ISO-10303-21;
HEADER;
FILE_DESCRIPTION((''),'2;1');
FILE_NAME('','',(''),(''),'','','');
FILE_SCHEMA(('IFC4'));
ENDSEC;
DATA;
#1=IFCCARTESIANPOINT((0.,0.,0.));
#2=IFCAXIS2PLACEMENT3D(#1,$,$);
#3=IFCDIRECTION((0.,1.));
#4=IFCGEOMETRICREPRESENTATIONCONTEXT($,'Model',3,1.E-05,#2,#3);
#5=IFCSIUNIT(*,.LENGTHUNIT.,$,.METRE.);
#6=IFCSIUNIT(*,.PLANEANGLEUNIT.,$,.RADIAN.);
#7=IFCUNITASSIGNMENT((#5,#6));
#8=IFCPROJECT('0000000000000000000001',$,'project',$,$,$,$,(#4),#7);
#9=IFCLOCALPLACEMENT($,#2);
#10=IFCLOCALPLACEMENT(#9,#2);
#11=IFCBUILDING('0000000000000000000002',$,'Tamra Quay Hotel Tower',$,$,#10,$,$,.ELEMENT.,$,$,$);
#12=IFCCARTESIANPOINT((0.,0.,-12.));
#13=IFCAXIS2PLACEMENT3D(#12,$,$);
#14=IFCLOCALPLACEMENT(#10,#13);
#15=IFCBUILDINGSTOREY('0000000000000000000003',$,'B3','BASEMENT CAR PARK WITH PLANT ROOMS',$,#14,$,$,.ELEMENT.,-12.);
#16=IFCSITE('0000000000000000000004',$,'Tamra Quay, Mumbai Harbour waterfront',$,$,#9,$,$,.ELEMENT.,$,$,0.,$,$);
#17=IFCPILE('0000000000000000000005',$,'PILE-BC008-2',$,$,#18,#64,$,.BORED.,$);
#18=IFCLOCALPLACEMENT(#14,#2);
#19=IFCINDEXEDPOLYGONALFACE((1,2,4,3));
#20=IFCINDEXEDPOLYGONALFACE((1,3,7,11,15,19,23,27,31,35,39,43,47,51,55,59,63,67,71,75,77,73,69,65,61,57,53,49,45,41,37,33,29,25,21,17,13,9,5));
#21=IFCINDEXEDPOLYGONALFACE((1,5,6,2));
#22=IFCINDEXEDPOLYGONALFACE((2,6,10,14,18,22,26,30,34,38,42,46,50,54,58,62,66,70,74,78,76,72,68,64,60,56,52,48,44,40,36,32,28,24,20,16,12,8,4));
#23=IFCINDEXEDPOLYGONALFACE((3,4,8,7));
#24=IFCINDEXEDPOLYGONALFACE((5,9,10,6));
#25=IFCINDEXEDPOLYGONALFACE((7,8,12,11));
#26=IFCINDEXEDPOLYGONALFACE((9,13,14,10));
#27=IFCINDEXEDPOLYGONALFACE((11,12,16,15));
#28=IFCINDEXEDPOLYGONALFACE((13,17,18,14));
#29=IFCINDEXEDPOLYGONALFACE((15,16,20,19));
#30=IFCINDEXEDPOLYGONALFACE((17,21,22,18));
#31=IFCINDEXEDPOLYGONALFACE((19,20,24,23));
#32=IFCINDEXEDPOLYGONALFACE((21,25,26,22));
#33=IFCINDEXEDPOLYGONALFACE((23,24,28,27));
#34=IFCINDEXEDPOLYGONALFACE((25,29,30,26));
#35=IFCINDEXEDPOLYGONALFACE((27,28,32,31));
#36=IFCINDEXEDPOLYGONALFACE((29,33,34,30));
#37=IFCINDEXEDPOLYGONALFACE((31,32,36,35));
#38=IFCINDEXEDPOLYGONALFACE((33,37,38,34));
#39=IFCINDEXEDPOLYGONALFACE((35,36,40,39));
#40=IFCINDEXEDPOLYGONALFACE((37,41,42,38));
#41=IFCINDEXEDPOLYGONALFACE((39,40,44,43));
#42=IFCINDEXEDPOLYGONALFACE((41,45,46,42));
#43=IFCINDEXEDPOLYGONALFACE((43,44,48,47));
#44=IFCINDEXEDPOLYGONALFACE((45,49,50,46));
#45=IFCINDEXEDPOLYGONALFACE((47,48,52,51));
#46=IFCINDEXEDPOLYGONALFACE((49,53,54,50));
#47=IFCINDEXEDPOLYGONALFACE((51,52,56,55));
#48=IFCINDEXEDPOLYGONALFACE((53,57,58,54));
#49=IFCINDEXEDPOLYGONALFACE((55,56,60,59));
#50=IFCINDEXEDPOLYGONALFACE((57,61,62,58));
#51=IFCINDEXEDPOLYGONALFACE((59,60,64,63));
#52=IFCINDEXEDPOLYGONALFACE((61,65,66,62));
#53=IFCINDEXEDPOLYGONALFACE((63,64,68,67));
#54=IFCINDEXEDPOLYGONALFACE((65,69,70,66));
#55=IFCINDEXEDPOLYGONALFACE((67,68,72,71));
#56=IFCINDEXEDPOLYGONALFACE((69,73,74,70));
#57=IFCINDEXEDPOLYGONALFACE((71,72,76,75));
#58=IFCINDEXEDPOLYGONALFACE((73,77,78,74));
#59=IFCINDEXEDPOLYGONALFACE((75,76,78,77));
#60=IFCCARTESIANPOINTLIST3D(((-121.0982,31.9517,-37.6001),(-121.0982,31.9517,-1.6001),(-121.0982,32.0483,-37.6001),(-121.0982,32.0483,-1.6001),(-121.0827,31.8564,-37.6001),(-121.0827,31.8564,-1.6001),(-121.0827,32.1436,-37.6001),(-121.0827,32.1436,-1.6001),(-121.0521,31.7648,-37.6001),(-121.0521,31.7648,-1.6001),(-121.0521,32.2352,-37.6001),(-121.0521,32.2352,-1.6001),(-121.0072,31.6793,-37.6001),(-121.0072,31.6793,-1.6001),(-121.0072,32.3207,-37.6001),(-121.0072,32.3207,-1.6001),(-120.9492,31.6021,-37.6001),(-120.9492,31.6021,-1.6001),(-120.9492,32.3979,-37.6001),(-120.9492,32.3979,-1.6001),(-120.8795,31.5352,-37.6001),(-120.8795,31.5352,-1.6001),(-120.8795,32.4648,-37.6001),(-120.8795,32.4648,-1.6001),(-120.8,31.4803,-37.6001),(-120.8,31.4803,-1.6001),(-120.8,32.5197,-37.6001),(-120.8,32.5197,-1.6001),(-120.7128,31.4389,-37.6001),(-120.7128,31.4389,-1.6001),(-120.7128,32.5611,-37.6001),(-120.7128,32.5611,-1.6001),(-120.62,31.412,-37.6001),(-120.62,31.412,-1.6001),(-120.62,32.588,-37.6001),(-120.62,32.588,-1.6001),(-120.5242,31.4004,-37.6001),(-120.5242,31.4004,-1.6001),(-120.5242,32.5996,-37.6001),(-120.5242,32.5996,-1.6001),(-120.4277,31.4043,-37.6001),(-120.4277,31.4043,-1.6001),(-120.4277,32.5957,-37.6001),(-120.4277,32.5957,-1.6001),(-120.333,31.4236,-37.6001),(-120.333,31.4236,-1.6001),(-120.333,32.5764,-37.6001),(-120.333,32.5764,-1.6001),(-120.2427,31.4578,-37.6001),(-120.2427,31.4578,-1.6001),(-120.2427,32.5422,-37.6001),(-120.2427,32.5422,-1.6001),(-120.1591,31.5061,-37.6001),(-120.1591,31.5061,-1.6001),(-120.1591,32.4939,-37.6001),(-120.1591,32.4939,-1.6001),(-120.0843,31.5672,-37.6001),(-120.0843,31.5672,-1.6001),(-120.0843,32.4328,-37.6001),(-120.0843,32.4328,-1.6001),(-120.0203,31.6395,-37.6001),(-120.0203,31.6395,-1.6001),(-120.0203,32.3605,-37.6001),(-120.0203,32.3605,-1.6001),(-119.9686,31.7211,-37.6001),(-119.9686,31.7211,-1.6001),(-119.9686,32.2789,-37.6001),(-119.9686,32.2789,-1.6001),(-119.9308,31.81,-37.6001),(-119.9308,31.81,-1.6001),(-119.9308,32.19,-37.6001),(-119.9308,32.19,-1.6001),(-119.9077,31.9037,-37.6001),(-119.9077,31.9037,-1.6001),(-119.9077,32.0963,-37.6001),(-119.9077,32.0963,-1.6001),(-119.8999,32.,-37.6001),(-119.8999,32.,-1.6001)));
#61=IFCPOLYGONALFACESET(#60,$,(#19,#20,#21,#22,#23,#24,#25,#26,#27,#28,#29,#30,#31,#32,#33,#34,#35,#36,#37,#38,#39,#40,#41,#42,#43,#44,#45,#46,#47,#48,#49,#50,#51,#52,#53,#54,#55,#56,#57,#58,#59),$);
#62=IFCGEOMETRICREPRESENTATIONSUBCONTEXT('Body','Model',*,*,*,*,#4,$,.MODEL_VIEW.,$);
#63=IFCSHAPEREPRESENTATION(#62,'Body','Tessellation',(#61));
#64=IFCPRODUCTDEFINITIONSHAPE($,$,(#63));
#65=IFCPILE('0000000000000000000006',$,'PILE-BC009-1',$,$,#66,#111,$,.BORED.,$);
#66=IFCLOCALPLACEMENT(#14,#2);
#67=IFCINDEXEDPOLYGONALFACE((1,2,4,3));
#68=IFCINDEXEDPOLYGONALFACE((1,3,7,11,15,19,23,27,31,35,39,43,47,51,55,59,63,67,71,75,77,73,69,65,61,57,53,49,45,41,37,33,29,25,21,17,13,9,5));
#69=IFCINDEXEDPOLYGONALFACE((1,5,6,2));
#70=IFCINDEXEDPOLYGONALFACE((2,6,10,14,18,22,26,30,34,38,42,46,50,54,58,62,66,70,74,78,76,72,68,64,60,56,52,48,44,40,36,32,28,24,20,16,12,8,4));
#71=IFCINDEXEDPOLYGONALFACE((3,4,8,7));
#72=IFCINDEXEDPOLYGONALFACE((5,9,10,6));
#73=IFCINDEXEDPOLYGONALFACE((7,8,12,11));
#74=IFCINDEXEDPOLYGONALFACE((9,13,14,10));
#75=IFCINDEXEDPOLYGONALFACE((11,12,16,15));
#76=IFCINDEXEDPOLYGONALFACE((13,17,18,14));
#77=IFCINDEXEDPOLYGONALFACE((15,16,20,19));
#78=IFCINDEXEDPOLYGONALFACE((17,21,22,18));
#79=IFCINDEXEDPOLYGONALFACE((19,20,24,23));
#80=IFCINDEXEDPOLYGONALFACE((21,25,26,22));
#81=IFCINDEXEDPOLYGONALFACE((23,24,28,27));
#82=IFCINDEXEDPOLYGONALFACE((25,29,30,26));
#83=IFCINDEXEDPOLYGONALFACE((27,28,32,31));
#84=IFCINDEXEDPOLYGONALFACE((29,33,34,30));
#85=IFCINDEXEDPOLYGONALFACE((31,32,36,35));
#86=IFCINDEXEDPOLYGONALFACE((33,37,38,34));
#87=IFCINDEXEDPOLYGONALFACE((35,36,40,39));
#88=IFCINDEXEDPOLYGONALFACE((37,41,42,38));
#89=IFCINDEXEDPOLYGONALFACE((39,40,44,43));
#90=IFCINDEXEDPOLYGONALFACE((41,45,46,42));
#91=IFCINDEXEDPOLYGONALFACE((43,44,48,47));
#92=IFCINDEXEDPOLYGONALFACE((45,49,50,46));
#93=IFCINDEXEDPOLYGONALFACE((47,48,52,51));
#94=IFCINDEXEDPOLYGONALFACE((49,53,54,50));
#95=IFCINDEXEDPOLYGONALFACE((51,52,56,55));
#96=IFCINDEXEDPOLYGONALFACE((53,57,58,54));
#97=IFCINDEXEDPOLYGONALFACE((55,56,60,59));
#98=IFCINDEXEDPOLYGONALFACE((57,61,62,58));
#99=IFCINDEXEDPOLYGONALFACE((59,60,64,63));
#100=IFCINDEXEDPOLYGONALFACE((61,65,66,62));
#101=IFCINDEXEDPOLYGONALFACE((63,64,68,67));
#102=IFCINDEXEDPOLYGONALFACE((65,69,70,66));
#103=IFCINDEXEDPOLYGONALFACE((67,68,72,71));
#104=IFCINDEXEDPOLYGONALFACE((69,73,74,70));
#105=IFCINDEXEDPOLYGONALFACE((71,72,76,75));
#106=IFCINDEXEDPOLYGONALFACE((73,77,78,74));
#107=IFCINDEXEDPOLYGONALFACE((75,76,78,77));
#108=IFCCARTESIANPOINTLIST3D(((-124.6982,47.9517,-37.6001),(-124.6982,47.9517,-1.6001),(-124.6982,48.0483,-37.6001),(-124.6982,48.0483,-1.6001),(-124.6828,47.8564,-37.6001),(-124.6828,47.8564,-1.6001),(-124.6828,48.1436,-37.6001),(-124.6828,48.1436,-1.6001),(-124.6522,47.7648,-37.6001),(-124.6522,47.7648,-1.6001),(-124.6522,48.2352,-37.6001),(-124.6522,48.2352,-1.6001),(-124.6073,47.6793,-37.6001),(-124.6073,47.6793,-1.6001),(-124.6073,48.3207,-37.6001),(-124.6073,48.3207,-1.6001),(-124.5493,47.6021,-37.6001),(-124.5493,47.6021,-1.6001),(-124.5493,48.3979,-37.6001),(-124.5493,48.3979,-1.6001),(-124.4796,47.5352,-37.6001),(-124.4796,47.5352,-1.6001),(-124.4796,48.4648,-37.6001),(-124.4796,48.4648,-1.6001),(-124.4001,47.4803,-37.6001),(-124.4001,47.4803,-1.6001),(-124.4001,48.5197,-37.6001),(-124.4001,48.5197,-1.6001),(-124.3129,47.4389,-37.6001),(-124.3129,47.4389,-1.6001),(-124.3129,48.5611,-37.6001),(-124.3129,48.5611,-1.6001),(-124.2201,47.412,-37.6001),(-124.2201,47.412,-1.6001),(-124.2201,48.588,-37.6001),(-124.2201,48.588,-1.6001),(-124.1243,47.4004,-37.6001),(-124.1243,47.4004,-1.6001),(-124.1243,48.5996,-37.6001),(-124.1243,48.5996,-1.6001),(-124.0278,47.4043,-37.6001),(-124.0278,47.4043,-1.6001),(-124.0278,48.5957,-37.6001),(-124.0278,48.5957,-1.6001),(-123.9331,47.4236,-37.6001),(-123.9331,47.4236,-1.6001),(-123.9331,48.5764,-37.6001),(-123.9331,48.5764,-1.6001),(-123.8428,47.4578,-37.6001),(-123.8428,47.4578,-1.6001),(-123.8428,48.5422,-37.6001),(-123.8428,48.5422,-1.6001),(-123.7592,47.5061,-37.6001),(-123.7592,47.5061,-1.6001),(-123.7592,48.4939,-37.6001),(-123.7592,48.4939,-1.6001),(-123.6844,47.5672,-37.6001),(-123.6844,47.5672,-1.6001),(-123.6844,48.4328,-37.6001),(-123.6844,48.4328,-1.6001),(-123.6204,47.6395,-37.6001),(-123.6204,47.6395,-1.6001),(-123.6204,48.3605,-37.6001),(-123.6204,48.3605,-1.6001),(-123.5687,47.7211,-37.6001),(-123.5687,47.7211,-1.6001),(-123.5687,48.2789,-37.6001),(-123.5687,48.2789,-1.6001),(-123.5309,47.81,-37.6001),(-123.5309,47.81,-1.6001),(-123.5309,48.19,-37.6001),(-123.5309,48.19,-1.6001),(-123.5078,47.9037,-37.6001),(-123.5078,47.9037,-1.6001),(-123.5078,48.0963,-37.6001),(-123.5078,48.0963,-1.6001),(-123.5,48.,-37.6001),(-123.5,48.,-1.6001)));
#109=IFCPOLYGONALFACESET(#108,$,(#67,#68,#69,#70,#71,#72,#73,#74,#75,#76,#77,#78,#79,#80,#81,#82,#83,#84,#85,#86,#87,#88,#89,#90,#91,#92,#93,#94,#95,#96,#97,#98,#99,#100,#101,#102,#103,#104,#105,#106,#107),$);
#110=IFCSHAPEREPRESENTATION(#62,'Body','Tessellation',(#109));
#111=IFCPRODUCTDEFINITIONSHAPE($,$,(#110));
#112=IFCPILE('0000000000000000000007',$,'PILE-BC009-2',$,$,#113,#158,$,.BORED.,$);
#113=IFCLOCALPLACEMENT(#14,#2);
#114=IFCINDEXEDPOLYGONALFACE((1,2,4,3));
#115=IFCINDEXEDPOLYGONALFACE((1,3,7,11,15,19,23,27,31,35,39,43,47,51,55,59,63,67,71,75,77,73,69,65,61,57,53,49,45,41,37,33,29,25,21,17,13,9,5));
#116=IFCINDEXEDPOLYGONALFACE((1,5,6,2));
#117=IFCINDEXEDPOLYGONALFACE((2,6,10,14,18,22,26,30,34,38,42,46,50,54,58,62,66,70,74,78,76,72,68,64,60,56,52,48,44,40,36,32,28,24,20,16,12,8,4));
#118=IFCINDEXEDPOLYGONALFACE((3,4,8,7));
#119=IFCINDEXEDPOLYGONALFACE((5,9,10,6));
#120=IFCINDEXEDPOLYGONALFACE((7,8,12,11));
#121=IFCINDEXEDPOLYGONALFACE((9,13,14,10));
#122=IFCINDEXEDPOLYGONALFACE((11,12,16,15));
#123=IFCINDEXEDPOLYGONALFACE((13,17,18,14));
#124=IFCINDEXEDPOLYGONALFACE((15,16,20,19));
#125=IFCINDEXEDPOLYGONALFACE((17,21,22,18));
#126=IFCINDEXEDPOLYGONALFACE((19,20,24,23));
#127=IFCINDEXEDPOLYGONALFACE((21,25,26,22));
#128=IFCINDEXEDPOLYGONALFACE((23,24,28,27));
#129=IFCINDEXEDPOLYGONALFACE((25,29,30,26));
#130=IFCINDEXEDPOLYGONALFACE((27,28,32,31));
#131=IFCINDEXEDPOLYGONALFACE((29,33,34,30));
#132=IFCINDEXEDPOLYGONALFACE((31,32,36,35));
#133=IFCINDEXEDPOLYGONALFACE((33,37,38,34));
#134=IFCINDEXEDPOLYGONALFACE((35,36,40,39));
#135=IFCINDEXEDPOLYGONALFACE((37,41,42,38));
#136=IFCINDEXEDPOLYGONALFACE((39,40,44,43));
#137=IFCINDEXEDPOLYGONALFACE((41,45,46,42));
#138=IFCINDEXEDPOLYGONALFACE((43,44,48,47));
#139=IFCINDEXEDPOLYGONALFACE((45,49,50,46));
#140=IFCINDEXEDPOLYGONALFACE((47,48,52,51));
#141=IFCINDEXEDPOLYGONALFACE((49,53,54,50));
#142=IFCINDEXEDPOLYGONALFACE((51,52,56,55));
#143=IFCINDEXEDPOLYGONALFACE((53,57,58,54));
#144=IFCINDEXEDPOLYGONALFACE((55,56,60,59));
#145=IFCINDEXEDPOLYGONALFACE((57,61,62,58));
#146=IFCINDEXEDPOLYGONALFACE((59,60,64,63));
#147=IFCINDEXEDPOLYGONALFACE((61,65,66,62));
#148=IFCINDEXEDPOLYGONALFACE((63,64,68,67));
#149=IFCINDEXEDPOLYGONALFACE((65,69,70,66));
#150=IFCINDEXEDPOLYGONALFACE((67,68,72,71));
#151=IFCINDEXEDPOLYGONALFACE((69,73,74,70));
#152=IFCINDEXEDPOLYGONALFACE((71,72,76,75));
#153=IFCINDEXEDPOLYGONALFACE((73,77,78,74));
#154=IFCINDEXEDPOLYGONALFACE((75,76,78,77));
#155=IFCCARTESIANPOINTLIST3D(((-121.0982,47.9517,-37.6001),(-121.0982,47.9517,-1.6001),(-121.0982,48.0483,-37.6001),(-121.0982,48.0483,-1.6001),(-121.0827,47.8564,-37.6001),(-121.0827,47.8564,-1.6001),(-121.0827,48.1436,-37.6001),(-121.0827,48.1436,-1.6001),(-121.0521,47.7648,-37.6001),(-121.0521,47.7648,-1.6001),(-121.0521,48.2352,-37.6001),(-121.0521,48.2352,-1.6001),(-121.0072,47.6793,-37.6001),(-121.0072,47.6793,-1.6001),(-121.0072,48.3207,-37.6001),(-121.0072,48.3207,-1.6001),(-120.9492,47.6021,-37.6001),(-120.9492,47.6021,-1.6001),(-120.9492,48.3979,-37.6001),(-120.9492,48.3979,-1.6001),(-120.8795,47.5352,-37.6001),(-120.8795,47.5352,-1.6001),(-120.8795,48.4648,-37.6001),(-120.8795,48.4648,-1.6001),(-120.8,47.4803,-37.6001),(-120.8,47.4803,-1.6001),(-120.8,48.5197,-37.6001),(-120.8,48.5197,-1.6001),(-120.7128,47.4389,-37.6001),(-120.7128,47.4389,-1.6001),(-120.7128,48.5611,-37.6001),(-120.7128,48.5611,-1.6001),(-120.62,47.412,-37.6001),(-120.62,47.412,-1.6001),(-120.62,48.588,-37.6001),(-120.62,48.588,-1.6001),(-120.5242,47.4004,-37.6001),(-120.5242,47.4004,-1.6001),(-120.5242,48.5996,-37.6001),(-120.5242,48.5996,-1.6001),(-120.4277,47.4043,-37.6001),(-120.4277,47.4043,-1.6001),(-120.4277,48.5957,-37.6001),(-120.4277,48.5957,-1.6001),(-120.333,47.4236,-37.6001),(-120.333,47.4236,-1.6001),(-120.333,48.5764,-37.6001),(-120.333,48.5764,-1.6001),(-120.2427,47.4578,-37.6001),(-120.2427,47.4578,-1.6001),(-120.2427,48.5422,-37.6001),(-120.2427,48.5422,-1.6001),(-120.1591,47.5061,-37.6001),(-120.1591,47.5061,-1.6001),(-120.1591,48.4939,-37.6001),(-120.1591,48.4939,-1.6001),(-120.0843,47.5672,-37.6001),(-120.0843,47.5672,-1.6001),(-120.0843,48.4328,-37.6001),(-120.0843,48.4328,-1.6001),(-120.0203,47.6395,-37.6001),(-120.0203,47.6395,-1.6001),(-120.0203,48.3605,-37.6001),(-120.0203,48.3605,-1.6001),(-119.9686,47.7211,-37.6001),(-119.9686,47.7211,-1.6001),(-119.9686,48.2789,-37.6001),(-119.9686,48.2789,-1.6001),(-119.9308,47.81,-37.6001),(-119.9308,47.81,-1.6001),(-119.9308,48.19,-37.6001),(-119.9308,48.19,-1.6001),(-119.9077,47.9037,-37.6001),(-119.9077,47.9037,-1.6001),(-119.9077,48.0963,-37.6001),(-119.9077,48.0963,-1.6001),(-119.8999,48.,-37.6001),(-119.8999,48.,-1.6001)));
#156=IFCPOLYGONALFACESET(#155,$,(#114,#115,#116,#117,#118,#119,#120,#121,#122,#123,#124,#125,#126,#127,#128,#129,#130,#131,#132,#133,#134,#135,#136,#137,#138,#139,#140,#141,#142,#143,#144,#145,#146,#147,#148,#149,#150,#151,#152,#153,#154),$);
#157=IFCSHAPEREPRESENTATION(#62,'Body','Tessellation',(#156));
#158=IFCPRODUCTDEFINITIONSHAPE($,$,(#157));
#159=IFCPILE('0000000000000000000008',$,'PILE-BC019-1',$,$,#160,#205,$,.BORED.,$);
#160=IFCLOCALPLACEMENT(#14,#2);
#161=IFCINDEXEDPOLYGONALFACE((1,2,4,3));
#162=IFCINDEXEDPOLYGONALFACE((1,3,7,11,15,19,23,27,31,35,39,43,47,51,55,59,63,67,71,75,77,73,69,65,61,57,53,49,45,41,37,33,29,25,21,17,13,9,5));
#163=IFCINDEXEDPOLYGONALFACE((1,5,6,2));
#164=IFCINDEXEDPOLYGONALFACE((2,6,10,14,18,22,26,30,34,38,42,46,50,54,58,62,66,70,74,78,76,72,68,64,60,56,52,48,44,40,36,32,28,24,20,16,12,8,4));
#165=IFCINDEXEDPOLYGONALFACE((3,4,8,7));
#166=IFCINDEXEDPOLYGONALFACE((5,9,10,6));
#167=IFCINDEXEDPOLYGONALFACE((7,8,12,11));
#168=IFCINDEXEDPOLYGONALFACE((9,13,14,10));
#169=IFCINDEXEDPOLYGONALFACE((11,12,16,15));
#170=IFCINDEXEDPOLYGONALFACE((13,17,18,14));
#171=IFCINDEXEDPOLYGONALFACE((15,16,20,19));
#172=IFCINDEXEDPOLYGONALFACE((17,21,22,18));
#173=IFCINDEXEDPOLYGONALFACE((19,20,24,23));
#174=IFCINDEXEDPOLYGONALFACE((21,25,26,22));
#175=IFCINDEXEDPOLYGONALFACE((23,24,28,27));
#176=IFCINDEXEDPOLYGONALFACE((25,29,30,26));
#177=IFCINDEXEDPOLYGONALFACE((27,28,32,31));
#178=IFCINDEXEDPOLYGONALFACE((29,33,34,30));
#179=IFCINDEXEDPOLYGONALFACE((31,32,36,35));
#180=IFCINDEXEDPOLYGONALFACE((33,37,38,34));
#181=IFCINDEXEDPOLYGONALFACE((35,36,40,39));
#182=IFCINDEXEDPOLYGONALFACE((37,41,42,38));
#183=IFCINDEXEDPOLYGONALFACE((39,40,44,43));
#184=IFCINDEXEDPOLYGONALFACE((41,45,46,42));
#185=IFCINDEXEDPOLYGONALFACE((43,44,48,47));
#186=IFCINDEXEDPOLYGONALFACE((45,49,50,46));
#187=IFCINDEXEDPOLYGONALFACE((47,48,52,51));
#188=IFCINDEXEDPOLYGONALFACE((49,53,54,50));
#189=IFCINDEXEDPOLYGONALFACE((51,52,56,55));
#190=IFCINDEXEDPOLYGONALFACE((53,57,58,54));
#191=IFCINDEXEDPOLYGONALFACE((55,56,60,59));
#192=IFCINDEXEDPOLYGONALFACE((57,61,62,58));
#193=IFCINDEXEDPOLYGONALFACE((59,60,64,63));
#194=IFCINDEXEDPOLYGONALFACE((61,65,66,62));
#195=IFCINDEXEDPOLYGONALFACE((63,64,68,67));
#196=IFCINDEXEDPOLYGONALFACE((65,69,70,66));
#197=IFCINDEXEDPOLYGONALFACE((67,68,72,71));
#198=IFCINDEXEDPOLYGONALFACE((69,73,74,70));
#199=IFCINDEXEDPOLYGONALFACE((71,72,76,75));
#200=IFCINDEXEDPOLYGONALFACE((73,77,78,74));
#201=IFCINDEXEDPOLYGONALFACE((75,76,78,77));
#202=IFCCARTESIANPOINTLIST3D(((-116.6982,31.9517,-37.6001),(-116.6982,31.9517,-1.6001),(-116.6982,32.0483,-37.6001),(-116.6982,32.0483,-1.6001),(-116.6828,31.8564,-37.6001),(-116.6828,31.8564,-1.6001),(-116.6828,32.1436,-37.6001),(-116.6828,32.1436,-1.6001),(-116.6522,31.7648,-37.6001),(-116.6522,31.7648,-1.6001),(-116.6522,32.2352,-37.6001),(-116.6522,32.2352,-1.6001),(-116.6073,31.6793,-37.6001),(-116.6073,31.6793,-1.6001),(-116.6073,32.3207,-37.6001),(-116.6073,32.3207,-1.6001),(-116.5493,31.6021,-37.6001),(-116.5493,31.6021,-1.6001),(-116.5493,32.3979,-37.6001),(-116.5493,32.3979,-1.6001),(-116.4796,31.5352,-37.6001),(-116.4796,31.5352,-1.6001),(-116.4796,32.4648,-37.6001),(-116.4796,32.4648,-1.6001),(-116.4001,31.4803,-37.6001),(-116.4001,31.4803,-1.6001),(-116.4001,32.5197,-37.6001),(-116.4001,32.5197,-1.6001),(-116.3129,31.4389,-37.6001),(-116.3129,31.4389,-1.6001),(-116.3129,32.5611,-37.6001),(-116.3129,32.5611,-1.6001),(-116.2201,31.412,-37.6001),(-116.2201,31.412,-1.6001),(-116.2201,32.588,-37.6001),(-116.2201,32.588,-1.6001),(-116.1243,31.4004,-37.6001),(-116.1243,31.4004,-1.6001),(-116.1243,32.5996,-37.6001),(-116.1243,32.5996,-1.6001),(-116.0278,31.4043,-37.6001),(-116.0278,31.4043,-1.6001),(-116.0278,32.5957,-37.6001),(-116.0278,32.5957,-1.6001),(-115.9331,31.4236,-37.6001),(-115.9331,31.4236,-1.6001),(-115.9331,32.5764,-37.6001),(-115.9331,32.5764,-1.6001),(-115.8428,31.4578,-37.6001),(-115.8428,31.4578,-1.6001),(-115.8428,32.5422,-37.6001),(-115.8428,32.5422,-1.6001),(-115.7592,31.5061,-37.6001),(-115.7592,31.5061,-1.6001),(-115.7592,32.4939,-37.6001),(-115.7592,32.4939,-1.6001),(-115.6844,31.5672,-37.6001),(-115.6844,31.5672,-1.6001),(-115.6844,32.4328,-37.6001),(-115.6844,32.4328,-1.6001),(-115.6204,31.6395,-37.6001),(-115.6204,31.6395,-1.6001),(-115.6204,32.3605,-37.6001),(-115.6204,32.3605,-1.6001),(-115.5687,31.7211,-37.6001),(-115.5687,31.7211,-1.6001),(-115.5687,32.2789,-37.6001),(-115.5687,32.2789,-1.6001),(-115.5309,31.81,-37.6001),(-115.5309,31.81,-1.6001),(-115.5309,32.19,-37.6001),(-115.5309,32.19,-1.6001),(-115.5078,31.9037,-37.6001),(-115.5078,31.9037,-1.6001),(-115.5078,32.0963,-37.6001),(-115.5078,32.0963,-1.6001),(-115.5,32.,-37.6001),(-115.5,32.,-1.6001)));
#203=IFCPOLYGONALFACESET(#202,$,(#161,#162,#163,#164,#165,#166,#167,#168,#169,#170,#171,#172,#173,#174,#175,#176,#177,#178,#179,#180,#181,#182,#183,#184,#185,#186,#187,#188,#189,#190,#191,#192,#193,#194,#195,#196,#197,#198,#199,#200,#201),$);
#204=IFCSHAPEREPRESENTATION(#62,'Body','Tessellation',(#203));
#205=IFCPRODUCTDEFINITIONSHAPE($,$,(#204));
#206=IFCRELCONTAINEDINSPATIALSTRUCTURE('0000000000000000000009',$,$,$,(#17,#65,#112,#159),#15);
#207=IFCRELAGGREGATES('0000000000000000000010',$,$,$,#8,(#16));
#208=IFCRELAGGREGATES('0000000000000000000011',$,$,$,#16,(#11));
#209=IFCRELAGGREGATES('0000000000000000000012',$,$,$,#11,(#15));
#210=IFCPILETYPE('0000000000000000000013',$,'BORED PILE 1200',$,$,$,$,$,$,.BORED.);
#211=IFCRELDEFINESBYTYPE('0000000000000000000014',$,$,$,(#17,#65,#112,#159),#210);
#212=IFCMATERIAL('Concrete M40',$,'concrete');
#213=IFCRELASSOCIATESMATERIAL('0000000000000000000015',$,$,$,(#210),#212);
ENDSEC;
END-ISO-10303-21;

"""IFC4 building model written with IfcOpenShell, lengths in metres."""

from ifc_helpers import new_model, si_unit, direction, frame, origin, origin_2d, place, context, subcontext, project, spatial, circle, extrude, material, material_profile, profile_set, type_object, element, save


model = new_model("IFC4")

# Units and contexts
model_context = context("Model", 3, precision=1e-05, world=origin(), true_north=direction((0.0, 1.0)))
body_context = subcontext(model_context, "Body", "Model", "MODEL_VIEW")
ifc_project = project(units=[si_unit("LENGTHUNIT", "METRE"), si_unit("PLANEANGLEUNIT", "RADIAN")], contexts=[model_context])

# Site, building, storey
site_placement = place(None, origin())
site = spatial("IfcSite", under=ifc_project, at=site_placement, Name="Tamra Quay, Mumbai Harbour waterfront", CompositionType="ELEMENT", RefElevation=0.0)
building_placement = place(site_placement, origin())
building = spatial("IfcBuilding", under=site, at=building_placement, Name="Tamra Quay Hotel Tower", CompositionType="ELEMENT")
storey_placement = place(building_placement, frame((0.0, 0.0, -12.0)))
storey = spatial("IfcBuildingStorey", under=building, at=storey_placement, Name="B3", Description="BASEMENT CAR PARK WITH PLANT ROOMS", CompositionType="ELEMENT", Elevation=-12.0)

# Piles
ifc_material_1 = material(Name="Concrete M40", Category="concrete")
ifc_material_profile_1 = material_profile(ifc_material_1, circle(Radius=0.6001, at=origin_2d()), Name="BORED PILE 1200")
ifc_profile_set_1 = profile_set([ifc_material_profile_1], Name="Concrete M40")
pile_type = type_object("IfcPileType", Name="BORED PILE 1200", PredefinedType="BORED", material=ifc_profile_set_1)
for number, where, z_axis, x_axis, name in (
    (1, (-120.5, 32.0, -1.6001), (0.0, 0.0, -1.0), (1.0, 0.0, 0.0), "PILE-BC008-2"),
    (2, (-124.1001, 48.0, -1.6001), (0.0, 0.0, -1.0), (1.0, 0.0, 0.0), "PILE-BC009-1"),
    (3, (-120.5, 48.0, -1.6001), (0.0, 0.0, -1.0), (1.0, 0.0, 0.0), "PILE-BC009-2"),
    (4, (-116.1001, 32.0, -1.6001), (0.0, 0.0, -1.0), (1.0, 0.0, 0.0), "PILE-BC019-1"),
):
    element("IfcPile", number, at=place(storey_placement, frame(where, z_axis=z_axis, x_axis=x_axis)), inside=storey, type_object=pile_type, Name=name, PredefinedType="BORED", context=body_context, shape_type="SweptSolid", body=[
        extrude(circle(Radius=0.6001, at=origin_2d()), origin(), (0.0, 0.0, 1.0), 36.0),
    ])

save(model, "model.ifc")
